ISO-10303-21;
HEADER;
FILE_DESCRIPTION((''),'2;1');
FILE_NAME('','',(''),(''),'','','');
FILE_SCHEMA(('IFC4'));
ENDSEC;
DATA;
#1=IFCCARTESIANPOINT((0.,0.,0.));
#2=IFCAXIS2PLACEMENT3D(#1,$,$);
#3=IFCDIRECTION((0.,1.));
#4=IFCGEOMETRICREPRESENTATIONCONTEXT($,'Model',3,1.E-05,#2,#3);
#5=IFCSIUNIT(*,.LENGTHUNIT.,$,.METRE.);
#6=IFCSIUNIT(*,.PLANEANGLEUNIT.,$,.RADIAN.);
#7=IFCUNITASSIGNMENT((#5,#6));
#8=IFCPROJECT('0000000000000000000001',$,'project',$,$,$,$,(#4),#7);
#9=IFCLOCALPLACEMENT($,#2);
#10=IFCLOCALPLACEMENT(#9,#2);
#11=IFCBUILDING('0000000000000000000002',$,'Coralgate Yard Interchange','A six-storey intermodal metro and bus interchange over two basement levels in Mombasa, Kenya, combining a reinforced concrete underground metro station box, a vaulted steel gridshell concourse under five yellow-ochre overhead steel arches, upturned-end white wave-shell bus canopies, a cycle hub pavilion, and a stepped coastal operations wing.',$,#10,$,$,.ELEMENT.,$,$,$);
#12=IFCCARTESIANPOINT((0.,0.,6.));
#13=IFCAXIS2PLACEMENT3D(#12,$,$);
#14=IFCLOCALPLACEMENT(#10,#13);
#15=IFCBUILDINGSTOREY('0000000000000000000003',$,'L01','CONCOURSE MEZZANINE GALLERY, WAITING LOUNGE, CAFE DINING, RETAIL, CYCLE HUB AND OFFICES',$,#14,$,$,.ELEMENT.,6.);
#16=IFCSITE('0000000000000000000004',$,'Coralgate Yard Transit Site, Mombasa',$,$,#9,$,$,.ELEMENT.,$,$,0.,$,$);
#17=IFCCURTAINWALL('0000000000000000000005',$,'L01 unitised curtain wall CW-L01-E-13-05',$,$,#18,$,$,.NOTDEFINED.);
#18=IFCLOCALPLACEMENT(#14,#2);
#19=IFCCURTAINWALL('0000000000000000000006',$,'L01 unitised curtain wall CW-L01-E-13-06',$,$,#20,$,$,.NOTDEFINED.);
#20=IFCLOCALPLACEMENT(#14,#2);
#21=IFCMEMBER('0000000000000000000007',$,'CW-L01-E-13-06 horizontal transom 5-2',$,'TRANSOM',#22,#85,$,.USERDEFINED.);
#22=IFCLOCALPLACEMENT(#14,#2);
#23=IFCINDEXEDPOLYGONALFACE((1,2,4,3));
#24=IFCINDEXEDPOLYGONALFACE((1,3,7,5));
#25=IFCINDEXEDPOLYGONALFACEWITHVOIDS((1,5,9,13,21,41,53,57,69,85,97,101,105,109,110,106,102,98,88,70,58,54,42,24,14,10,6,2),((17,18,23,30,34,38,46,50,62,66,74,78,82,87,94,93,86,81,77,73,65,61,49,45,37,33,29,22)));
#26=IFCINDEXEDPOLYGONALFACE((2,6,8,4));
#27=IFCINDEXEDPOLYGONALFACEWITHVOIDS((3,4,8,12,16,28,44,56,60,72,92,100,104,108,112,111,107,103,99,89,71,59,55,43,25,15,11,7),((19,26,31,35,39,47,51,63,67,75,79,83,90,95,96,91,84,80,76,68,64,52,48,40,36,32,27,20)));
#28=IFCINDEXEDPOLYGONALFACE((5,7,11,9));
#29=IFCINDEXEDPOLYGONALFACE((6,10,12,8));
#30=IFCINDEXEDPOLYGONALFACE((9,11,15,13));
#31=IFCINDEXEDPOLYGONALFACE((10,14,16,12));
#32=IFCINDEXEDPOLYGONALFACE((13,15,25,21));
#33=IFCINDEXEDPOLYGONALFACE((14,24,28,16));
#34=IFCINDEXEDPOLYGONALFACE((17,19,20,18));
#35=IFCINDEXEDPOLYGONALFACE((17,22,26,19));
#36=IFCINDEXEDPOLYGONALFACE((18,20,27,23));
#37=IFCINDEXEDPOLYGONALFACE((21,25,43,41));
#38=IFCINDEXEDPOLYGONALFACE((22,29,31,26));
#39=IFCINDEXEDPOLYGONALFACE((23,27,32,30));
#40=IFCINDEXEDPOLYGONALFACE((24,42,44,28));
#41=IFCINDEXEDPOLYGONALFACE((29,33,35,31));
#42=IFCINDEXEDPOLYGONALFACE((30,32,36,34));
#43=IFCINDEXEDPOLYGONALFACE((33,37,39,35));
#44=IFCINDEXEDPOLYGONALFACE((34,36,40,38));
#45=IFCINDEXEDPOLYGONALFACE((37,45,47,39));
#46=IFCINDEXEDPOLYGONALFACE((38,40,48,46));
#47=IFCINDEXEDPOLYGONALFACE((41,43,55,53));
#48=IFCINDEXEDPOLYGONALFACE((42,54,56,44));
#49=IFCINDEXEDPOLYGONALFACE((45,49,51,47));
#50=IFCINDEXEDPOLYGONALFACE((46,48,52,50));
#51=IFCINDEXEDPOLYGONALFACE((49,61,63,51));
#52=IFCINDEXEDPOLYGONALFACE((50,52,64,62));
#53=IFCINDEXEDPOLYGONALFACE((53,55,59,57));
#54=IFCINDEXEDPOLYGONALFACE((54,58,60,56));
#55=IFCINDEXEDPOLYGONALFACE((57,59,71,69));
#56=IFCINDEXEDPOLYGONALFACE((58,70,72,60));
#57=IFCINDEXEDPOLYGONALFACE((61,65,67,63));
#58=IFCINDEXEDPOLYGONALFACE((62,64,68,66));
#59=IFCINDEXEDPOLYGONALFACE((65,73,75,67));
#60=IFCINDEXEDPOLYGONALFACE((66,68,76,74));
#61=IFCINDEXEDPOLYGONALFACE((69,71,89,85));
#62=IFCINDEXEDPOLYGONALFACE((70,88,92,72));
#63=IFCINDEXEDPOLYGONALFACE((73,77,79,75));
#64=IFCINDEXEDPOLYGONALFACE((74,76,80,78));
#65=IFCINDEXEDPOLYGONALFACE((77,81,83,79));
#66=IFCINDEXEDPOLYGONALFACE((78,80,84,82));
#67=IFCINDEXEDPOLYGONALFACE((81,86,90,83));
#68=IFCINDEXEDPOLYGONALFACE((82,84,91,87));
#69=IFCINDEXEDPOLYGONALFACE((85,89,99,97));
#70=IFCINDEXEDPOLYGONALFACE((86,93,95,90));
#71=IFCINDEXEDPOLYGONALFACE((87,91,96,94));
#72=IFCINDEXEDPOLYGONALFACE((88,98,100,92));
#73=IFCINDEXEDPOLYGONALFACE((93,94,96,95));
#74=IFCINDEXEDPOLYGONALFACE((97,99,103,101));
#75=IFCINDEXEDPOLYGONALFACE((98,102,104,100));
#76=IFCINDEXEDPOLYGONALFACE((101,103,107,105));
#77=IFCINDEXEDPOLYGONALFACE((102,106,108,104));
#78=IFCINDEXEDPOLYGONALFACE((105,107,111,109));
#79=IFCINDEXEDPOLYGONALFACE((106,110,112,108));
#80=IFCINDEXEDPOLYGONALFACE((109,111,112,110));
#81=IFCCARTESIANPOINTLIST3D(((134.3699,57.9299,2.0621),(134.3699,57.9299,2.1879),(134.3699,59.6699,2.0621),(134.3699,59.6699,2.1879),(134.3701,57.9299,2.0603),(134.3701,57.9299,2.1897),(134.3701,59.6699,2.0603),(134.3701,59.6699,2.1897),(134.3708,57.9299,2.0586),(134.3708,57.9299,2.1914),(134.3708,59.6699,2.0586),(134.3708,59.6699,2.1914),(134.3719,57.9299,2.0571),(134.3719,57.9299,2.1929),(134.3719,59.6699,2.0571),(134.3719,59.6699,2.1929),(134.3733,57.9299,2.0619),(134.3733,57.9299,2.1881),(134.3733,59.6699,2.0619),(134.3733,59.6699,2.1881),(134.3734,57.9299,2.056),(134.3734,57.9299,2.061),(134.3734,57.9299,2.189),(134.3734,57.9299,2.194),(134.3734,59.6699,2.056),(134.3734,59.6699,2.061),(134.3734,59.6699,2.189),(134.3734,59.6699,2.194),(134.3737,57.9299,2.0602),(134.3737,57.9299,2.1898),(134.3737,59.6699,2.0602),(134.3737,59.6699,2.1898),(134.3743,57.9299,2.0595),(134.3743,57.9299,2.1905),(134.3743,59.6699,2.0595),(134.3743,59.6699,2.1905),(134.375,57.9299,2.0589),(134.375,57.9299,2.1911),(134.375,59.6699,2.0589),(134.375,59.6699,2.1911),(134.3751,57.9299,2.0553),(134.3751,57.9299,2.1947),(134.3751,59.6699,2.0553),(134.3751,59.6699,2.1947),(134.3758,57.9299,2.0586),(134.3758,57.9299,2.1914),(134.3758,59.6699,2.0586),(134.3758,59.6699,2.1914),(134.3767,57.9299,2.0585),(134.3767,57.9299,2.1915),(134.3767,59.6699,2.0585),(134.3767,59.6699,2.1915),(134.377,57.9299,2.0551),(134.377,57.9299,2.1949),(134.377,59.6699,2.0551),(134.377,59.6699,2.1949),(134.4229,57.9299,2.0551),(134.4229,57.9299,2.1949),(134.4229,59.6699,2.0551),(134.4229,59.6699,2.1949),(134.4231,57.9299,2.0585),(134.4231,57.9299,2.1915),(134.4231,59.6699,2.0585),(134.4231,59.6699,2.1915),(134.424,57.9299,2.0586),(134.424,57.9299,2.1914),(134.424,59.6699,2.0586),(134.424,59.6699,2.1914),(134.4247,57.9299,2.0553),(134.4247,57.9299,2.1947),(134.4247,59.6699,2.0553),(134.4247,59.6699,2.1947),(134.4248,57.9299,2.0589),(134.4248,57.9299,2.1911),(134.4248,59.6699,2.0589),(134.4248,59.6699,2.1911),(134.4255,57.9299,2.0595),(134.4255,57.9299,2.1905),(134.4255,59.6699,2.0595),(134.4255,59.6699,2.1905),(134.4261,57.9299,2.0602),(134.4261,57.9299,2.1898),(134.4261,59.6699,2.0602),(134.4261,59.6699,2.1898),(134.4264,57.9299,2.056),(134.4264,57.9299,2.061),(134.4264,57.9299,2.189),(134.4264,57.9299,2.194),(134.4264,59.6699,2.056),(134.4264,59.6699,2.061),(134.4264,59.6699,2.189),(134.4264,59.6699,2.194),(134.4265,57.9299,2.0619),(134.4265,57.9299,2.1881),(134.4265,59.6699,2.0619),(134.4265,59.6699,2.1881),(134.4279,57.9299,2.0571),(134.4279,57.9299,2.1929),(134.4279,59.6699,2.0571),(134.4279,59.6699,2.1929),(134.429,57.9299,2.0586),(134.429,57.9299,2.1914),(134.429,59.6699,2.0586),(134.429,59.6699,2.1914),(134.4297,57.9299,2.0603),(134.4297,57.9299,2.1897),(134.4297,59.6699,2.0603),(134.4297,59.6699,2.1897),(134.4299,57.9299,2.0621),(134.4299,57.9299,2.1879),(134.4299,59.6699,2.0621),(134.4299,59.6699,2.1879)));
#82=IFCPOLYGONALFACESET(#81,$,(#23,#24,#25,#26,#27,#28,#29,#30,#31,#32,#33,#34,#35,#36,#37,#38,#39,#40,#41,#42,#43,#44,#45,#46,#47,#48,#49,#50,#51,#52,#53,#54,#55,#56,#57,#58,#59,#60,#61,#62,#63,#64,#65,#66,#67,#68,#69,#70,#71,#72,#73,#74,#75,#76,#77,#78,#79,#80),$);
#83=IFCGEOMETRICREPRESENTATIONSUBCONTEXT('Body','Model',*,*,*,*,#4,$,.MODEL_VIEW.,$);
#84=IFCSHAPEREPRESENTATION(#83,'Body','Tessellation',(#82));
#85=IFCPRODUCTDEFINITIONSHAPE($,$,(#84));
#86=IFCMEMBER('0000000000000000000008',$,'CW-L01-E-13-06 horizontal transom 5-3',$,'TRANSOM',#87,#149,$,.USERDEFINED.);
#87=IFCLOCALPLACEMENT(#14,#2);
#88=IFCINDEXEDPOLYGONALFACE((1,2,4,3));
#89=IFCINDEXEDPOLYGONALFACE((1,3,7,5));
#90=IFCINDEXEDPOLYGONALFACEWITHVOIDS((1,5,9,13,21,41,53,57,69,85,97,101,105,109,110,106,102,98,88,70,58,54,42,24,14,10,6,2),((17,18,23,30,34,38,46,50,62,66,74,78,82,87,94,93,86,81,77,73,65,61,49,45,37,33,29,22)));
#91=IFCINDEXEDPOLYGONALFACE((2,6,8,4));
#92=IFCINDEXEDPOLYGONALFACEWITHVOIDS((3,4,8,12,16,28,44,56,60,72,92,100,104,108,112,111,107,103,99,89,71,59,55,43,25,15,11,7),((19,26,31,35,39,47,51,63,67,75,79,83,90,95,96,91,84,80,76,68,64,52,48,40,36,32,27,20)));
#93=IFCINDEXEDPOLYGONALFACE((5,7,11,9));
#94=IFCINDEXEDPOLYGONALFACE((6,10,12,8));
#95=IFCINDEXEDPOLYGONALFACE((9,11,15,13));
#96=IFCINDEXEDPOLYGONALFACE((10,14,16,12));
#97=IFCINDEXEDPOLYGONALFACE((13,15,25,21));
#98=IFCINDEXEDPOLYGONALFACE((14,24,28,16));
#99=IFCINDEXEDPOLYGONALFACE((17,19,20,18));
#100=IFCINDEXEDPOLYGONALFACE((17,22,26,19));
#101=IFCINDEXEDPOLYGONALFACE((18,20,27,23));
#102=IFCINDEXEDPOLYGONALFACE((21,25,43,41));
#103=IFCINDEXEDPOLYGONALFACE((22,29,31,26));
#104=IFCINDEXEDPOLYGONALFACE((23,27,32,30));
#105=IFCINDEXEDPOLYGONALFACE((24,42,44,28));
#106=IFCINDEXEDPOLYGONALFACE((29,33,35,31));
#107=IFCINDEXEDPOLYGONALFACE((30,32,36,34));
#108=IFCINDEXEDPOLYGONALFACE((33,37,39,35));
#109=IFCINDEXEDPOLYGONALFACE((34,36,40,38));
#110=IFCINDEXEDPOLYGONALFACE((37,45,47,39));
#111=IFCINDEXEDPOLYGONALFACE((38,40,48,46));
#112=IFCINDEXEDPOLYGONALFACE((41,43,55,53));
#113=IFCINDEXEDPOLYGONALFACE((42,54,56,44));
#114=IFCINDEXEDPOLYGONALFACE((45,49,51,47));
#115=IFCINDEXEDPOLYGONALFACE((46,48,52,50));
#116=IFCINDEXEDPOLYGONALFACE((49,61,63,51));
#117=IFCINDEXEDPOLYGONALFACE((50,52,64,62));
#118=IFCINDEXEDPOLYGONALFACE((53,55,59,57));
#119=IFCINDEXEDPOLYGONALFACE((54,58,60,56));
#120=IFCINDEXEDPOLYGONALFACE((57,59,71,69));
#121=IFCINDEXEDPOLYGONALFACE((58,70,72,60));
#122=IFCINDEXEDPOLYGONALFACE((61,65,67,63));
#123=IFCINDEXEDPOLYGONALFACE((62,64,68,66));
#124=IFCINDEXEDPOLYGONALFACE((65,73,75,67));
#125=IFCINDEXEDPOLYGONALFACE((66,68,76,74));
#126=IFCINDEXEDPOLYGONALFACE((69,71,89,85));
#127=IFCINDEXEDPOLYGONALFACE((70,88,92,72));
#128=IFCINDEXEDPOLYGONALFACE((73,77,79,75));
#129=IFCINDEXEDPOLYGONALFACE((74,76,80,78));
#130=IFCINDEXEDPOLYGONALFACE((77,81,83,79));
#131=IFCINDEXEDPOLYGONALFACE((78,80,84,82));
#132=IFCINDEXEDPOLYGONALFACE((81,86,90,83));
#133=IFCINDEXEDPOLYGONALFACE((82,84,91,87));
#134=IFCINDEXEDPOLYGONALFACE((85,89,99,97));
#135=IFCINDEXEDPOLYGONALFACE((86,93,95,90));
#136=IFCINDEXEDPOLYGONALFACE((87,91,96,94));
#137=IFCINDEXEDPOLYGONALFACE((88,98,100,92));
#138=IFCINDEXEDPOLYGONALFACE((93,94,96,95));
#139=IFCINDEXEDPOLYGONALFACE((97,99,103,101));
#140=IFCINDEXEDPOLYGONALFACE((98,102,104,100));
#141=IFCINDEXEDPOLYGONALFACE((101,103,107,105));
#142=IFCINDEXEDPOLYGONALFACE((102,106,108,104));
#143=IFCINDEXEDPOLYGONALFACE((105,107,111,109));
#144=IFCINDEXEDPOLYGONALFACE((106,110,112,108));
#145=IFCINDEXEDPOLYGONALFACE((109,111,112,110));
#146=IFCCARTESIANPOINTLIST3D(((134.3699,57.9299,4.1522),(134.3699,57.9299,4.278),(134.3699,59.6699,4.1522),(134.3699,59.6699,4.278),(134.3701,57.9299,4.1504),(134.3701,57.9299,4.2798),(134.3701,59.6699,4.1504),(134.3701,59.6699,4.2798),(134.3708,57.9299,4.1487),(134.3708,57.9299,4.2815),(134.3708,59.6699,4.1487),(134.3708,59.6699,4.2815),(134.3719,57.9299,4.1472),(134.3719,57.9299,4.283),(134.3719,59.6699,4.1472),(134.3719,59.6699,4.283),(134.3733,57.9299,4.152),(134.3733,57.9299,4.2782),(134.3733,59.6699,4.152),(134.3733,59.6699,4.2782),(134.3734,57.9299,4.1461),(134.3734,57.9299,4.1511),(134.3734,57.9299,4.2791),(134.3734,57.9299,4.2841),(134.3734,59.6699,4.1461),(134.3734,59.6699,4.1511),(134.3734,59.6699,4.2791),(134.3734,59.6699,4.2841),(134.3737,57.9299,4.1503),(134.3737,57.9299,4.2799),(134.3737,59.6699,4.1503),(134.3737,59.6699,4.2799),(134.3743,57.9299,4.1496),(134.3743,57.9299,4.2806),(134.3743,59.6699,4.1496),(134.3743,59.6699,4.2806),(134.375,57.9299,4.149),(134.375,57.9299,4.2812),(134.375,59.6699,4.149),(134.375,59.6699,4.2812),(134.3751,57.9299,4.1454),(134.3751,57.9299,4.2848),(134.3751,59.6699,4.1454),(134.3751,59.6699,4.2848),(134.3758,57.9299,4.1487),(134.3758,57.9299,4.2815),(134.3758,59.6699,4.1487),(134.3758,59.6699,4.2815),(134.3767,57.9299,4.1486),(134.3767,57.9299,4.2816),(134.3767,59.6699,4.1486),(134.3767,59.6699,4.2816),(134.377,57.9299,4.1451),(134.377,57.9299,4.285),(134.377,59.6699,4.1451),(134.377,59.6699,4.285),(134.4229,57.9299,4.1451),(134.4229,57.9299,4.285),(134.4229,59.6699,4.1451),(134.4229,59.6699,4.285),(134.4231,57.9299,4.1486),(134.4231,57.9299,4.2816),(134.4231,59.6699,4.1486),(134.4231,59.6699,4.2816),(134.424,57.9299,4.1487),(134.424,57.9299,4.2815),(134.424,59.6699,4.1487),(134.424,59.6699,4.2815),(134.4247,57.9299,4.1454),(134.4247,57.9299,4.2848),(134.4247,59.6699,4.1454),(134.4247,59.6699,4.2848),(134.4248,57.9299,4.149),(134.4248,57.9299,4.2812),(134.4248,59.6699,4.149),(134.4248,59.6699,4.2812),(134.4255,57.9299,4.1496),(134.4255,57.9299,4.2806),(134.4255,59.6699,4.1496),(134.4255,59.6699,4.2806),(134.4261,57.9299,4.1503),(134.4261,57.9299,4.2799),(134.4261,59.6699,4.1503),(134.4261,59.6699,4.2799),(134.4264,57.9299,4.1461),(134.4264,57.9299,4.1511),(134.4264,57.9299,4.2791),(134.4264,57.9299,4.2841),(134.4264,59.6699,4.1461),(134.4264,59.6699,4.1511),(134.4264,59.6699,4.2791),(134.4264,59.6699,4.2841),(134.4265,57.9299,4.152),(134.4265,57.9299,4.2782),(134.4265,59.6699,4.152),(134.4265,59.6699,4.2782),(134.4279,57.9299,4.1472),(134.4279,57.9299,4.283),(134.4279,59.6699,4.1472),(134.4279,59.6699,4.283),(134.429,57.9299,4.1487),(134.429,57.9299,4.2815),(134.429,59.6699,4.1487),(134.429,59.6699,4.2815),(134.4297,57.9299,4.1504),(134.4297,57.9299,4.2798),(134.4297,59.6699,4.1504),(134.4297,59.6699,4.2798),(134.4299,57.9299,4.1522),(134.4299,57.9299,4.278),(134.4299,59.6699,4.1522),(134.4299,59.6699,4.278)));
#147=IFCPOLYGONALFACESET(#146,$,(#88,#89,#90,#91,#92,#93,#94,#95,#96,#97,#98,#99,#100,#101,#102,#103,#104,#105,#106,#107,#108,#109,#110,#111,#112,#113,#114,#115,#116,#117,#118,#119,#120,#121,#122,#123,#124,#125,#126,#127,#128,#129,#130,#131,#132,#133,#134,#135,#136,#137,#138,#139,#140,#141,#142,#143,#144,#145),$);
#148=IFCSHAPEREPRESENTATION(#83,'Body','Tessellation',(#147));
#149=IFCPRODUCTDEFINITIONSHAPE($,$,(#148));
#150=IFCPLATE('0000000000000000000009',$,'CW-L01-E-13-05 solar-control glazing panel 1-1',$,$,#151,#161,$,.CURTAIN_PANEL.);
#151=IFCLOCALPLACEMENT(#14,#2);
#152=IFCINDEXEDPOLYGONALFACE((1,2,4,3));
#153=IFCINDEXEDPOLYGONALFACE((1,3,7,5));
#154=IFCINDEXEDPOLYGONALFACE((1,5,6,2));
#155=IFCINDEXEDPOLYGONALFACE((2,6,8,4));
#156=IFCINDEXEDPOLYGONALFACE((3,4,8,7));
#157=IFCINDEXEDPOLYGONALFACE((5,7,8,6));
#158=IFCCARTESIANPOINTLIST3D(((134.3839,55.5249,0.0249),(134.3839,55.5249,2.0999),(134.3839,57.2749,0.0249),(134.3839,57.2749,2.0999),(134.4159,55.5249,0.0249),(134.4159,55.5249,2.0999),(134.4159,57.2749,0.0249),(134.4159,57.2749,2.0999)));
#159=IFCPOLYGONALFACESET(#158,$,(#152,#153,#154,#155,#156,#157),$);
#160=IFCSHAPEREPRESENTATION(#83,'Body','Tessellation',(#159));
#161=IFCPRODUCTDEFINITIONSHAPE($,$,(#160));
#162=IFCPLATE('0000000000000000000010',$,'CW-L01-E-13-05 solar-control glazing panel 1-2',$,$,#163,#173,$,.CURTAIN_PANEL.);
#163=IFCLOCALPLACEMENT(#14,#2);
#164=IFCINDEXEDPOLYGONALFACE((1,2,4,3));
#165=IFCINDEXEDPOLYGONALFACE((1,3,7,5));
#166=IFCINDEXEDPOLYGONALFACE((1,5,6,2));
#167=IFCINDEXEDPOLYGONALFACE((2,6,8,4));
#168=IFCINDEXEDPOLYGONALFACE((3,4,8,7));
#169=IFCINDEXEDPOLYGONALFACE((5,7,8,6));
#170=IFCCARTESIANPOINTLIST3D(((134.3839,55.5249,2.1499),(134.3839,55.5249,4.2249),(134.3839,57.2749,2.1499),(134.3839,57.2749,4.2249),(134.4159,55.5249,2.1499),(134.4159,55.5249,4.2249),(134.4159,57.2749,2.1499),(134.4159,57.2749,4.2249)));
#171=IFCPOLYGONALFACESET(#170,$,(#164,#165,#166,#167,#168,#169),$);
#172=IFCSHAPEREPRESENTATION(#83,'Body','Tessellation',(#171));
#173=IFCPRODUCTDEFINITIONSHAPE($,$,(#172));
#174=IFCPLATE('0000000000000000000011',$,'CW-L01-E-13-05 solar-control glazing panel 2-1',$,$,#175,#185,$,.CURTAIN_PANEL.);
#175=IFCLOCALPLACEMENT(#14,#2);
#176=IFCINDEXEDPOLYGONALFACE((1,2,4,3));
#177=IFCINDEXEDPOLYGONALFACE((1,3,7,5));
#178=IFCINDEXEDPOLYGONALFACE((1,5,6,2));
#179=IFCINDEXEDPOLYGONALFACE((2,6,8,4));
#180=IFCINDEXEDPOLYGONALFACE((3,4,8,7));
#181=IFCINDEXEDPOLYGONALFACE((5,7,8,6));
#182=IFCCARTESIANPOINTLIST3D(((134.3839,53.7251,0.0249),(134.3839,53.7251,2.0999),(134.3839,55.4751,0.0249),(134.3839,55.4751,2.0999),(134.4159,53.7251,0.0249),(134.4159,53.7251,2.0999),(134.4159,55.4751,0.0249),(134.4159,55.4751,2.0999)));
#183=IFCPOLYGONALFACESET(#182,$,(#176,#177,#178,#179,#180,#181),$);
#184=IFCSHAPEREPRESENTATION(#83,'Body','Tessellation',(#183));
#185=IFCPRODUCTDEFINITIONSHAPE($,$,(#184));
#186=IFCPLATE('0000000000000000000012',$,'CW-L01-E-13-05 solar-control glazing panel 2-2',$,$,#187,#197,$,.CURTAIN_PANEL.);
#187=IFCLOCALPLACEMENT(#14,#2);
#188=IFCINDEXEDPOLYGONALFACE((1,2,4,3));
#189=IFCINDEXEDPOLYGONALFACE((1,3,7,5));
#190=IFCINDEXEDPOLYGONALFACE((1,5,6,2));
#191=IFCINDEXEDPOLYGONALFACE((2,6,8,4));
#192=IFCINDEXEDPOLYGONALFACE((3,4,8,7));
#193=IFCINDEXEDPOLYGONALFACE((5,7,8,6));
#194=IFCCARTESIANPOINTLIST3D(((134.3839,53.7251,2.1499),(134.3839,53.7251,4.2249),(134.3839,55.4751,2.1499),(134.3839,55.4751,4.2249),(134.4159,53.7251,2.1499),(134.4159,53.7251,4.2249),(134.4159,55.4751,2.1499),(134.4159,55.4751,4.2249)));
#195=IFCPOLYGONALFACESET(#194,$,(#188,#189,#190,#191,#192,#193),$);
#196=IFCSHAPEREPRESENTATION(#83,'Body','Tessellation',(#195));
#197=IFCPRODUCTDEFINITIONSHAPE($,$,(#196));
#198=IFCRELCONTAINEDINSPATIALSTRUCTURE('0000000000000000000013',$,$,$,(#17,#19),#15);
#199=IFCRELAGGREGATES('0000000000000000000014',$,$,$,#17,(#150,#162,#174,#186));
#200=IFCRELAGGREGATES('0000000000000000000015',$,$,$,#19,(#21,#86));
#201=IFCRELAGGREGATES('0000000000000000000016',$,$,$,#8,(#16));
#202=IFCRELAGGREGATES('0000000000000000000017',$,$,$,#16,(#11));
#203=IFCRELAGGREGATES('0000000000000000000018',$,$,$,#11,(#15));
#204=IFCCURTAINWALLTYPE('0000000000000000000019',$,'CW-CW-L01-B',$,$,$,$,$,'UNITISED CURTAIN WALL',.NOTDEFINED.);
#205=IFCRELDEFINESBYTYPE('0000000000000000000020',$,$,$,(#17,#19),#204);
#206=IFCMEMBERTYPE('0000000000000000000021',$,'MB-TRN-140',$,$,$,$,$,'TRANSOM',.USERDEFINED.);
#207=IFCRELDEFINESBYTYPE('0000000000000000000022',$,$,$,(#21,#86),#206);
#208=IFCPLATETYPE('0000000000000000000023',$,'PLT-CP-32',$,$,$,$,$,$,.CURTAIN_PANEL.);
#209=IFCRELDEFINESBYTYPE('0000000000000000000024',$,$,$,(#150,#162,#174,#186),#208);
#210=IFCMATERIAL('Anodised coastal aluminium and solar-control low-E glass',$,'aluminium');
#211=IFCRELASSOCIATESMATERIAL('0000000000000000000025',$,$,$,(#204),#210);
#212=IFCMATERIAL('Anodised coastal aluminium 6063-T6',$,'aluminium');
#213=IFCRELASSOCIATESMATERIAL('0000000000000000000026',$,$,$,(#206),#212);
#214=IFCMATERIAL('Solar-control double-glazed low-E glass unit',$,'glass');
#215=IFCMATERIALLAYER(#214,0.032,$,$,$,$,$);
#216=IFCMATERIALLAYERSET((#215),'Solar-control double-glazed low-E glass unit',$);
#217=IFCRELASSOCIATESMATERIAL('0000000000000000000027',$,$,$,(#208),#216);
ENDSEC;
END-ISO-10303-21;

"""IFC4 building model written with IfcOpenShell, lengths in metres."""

from ifc_helpers import new_model, si_unit, direction, frame, origin, origin_2d, place, context, subcontext, project, spatial, rectangle, hollow_rectangle, extrude, material, layer, layer_set, material_profile, profile_set, type_object, element, aggregate, save


model = new_model("IFC4")

# Units and contexts
model_context = context("Model", 3, precision=1e-05, world=origin(), true_north=direction((0.0, 1.0)))
body_context = subcontext(model_context, "Body", "Model", "MODEL_VIEW")
ifc_project = project(units=[si_unit("LENGTHUNIT", "METRE"), si_unit("PLANEANGLEUNIT", "RADIAN")], contexts=[model_context])

# Site, building, storey
site_placement = place(None, origin())
site = spatial("IfcSite", under=ifc_project, at=site_placement, Name="Coralgate Yard Transit Site, Mombasa", CompositionType="ELEMENT", RefElevation=0.0)
building_placement = place(site_placement, origin())
building = spatial("IfcBuilding", under=site, at=building_placement, Name="Coralgate Yard Interchange", Description="A six-storey intermodal metro and bus interchange over two basement levels in Mombasa, Kenya, combining a reinforced concrete underground metro station box, a vaulted steel gridshell concourse under five yellow-ochre overhead steel arches, upturned-end white wave-shell bus canopies, a cycle hub pavilion, and a stepped coastal operations wing.", CompositionType="ELEMENT")
storey_placement = place(building_placement, frame((0.0, 0.0, 6.0)))
storey = spatial("IfcBuildingStorey", under=building, at=storey_placement, Name="L01", Description="CONCOURSE MEZZANINE GALLERY, WAITING LOUNGE, CAFE DINING, RETAIL, CYCLE HUB AND OFFICES", CompositionType="ELEMENT", Elevation=6.0)

# Curtain walls
ifc_material_1 = material(Name="Anodised coastal aluminium and solar-control low-E glass", Category="aluminium")
curtain_wall_type = type_object("IfcCurtainWallType", Name="CW-CW-L01-B", ElementType="UNITISED CURTAIN WALL", PredefinedType="NOTDEFINED", material=ifc_material_1)
curtain_wall_1_placement = place(storey_placement, origin())
curtain_wall_1 = element("IfcCurtainWall", 1, at=curtain_wall_1_placement, inside=storey, type_object=curtain_wall_type, Name="L01 unitised curtain wall CW-L01-E-13-05", PredefinedType="NOTDEFINED")
ifc_material_2 = material(Name="Anodised coastal aluminium 6063-T6", Category="aluminium")
curtain_wall_2_placement = place(storey_placement, origin())
curtain_wall_2 = element("IfcCurtainWall", 2, at=curtain_wall_2_placement, inside=storey, type_object=curtain_wall_type, Name="L01 unitised curtain wall CW-L01-E-13-06", PredefinedType="NOTDEFINED")

# Members
ifc_material_profile_1 = material_profile(ifc_material_2, hollow_rectangle(XDim=0.0601, YDim=0.1399, WallThickness=0.0034, InnerFilletRadius=0.0034, OuterFilletRadius=0.0071, at=origin_2d()), Name="ALU 60x140x3.5")
ifc_profile_set_1 = profile_set([ifc_material_profile_1], Name="Anodised coastal aluminium 6063-T6")
member_type_1 = type_object("IfcMemberType", Name="MB-TRN-140", ElementType="TRANSOM", PredefinedType="USERDEFINED", material=ifc_profile_set_1)
member_1_placement = place(storey_placement, frame((134.3999, 59.6699, 2.125), z_axis=(0.0, -1.0, 0.0), x_axis=(1.0, 0.0, 0.0)))
member_1 = element("IfcMember", 3, at=member_1_placement, type_object=member_type_1, Name="CW-L01-E-13-06 horizontal transom 5-2", ObjectType="TRANSOM", PredefinedType="USERDEFINED", context=body_context, shape_type="SweptSolid", body=[
    extrude(hollow_rectangle(XDim=0.0601, YDim=0.1399, WallThickness=0.0034, InnerFilletRadius=0.0034, OuterFilletRadius=0.0071, at=origin_2d()), origin(), (0.0, 0.0, 1.0), 1.74),
])
member_2_placement = place(storey_placement, frame((134.3999, 59.6699, 4.2151), z_axis=(0.0, -1.0, 0.0), x_axis=(1.0, 0.0, 0.0)))
member_2 = element("IfcMember", 4, at=member_2_placement, type_object=member_type_1, Name="CW-L01-E-13-06 horizontal transom 5-3", ObjectType="TRANSOM", PredefinedType="USERDEFINED", context=body_context, shape_type="SweptSolid", body=[
    extrude(hollow_rectangle(XDim=0.0601, YDim=0.1399, WallThickness=0.0034, InnerFilletRadius=0.0034, OuterFilletRadius=0.0071, at=origin_2d()), origin(), (0.0, 0.0, 1.0), 1.74),
])

# Plates
ifc_material_3 = material(Name="Solar-control double-glazed low-E glass unit", Category="glass")
ifc_layer = layer(ifc_material_3, 0.032)
ifc_layer_set = layer_set([ifc_layer], Name="Solar-control double-glazed low-E glass unit")
plate_type = type_object("IfcPlateType", Name="PLT-CP-32", PredefinedType="CURTAIN_PANEL", material=ifc_layer_set)
plate_1_placement = place(storey_placement, frame((134.3999, 56.3999, 0.0249), z_axis=(0.0, 0.0, 1.0), x_axis=(0.0, -1.0, 0.0)))
plate_1 = element("IfcPlate", 5, at=plate_1_placement, type_object=plate_type, Name="CW-L01-E-13-05 solar-control glazing panel 1-1", PredefinedType="CURTAIN_PANEL", context=body_context, shape_type="SweptSolid", body=[
    extrude(rectangle(XDim=1.75, YDim=0.032, at=origin_2d()), origin(), (0.0, 0.0, 1.0), 2.075),
])
plate_2_placement = place(storey_placement, frame((134.3999, 56.3999, 2.1499), z_axis=(0.0, 0.0, 1.0), x_axis=(0.0, -1.0, 0.0)))
plate_2 = element("IfcPlate", 6, at=plate_2_placement, type_object=plate_type, Name="CW-L01-E-13-05 solar-control glazing panel 1-2", PredefinedType="CURTAIN_PANEL", context=body_context, shape_type="SweptSolid", body=[
    extrude(rectangle(XDim=1.75, YDim=0.032, at=origin_2d()), origin(), (0.0, 0.0, 1.0), 2.075),
])
plate_3_placement = place(storey_placement, frame((134.3999, 54.6001, 0.0249), z_axis=(0.0, 0.0, 1.0), x_axis=(0.0, -1.0, 0.0)))
plate_3 = element("IfcPlate", 7, at=plate_3_placement, type_object=plate_type, Name="CW-L01-E-13-05 solar-control glazing panel 2-1", PredefinedType="CURTAIN_PANEL", context=body_context, shape_type="SweptSolid", body=[
    extrude(rectangle(XDim=1.75, YDim=0.032, at=origin_2d()), origin(), (0.0, 0.0, 1.0), 2.075),
])
plate_4_placement = place(storey_placement, frame((134.3999, 54.6001, 2.1499), z_axis=(0.0, 0.0, 1.0), x_axis=(0.0, -1.0, 0.0)))
plate_4 = element("IfcPlate", 8, at=plate_4_placement, type_object=plate_type, Name="CW-L01-E-13-05 solar-control glazing panel 2-2", PredefinedType="CURTAIN_PANEL", context=body_context, shape_type="SweptSolid", body=[
    extrude(rectangle(XDim=1.75, YDim=0.032, at=origin_2d()), origin(), (0.0, 0.0, 1.0), 2.075),
])
aggregate(curtain_wall_1, [plate_1, plate_2, plate_3, plate_4])
aggregate(curtain_wall_2, [member_1, member_2])

save(model, "model.ifc")
